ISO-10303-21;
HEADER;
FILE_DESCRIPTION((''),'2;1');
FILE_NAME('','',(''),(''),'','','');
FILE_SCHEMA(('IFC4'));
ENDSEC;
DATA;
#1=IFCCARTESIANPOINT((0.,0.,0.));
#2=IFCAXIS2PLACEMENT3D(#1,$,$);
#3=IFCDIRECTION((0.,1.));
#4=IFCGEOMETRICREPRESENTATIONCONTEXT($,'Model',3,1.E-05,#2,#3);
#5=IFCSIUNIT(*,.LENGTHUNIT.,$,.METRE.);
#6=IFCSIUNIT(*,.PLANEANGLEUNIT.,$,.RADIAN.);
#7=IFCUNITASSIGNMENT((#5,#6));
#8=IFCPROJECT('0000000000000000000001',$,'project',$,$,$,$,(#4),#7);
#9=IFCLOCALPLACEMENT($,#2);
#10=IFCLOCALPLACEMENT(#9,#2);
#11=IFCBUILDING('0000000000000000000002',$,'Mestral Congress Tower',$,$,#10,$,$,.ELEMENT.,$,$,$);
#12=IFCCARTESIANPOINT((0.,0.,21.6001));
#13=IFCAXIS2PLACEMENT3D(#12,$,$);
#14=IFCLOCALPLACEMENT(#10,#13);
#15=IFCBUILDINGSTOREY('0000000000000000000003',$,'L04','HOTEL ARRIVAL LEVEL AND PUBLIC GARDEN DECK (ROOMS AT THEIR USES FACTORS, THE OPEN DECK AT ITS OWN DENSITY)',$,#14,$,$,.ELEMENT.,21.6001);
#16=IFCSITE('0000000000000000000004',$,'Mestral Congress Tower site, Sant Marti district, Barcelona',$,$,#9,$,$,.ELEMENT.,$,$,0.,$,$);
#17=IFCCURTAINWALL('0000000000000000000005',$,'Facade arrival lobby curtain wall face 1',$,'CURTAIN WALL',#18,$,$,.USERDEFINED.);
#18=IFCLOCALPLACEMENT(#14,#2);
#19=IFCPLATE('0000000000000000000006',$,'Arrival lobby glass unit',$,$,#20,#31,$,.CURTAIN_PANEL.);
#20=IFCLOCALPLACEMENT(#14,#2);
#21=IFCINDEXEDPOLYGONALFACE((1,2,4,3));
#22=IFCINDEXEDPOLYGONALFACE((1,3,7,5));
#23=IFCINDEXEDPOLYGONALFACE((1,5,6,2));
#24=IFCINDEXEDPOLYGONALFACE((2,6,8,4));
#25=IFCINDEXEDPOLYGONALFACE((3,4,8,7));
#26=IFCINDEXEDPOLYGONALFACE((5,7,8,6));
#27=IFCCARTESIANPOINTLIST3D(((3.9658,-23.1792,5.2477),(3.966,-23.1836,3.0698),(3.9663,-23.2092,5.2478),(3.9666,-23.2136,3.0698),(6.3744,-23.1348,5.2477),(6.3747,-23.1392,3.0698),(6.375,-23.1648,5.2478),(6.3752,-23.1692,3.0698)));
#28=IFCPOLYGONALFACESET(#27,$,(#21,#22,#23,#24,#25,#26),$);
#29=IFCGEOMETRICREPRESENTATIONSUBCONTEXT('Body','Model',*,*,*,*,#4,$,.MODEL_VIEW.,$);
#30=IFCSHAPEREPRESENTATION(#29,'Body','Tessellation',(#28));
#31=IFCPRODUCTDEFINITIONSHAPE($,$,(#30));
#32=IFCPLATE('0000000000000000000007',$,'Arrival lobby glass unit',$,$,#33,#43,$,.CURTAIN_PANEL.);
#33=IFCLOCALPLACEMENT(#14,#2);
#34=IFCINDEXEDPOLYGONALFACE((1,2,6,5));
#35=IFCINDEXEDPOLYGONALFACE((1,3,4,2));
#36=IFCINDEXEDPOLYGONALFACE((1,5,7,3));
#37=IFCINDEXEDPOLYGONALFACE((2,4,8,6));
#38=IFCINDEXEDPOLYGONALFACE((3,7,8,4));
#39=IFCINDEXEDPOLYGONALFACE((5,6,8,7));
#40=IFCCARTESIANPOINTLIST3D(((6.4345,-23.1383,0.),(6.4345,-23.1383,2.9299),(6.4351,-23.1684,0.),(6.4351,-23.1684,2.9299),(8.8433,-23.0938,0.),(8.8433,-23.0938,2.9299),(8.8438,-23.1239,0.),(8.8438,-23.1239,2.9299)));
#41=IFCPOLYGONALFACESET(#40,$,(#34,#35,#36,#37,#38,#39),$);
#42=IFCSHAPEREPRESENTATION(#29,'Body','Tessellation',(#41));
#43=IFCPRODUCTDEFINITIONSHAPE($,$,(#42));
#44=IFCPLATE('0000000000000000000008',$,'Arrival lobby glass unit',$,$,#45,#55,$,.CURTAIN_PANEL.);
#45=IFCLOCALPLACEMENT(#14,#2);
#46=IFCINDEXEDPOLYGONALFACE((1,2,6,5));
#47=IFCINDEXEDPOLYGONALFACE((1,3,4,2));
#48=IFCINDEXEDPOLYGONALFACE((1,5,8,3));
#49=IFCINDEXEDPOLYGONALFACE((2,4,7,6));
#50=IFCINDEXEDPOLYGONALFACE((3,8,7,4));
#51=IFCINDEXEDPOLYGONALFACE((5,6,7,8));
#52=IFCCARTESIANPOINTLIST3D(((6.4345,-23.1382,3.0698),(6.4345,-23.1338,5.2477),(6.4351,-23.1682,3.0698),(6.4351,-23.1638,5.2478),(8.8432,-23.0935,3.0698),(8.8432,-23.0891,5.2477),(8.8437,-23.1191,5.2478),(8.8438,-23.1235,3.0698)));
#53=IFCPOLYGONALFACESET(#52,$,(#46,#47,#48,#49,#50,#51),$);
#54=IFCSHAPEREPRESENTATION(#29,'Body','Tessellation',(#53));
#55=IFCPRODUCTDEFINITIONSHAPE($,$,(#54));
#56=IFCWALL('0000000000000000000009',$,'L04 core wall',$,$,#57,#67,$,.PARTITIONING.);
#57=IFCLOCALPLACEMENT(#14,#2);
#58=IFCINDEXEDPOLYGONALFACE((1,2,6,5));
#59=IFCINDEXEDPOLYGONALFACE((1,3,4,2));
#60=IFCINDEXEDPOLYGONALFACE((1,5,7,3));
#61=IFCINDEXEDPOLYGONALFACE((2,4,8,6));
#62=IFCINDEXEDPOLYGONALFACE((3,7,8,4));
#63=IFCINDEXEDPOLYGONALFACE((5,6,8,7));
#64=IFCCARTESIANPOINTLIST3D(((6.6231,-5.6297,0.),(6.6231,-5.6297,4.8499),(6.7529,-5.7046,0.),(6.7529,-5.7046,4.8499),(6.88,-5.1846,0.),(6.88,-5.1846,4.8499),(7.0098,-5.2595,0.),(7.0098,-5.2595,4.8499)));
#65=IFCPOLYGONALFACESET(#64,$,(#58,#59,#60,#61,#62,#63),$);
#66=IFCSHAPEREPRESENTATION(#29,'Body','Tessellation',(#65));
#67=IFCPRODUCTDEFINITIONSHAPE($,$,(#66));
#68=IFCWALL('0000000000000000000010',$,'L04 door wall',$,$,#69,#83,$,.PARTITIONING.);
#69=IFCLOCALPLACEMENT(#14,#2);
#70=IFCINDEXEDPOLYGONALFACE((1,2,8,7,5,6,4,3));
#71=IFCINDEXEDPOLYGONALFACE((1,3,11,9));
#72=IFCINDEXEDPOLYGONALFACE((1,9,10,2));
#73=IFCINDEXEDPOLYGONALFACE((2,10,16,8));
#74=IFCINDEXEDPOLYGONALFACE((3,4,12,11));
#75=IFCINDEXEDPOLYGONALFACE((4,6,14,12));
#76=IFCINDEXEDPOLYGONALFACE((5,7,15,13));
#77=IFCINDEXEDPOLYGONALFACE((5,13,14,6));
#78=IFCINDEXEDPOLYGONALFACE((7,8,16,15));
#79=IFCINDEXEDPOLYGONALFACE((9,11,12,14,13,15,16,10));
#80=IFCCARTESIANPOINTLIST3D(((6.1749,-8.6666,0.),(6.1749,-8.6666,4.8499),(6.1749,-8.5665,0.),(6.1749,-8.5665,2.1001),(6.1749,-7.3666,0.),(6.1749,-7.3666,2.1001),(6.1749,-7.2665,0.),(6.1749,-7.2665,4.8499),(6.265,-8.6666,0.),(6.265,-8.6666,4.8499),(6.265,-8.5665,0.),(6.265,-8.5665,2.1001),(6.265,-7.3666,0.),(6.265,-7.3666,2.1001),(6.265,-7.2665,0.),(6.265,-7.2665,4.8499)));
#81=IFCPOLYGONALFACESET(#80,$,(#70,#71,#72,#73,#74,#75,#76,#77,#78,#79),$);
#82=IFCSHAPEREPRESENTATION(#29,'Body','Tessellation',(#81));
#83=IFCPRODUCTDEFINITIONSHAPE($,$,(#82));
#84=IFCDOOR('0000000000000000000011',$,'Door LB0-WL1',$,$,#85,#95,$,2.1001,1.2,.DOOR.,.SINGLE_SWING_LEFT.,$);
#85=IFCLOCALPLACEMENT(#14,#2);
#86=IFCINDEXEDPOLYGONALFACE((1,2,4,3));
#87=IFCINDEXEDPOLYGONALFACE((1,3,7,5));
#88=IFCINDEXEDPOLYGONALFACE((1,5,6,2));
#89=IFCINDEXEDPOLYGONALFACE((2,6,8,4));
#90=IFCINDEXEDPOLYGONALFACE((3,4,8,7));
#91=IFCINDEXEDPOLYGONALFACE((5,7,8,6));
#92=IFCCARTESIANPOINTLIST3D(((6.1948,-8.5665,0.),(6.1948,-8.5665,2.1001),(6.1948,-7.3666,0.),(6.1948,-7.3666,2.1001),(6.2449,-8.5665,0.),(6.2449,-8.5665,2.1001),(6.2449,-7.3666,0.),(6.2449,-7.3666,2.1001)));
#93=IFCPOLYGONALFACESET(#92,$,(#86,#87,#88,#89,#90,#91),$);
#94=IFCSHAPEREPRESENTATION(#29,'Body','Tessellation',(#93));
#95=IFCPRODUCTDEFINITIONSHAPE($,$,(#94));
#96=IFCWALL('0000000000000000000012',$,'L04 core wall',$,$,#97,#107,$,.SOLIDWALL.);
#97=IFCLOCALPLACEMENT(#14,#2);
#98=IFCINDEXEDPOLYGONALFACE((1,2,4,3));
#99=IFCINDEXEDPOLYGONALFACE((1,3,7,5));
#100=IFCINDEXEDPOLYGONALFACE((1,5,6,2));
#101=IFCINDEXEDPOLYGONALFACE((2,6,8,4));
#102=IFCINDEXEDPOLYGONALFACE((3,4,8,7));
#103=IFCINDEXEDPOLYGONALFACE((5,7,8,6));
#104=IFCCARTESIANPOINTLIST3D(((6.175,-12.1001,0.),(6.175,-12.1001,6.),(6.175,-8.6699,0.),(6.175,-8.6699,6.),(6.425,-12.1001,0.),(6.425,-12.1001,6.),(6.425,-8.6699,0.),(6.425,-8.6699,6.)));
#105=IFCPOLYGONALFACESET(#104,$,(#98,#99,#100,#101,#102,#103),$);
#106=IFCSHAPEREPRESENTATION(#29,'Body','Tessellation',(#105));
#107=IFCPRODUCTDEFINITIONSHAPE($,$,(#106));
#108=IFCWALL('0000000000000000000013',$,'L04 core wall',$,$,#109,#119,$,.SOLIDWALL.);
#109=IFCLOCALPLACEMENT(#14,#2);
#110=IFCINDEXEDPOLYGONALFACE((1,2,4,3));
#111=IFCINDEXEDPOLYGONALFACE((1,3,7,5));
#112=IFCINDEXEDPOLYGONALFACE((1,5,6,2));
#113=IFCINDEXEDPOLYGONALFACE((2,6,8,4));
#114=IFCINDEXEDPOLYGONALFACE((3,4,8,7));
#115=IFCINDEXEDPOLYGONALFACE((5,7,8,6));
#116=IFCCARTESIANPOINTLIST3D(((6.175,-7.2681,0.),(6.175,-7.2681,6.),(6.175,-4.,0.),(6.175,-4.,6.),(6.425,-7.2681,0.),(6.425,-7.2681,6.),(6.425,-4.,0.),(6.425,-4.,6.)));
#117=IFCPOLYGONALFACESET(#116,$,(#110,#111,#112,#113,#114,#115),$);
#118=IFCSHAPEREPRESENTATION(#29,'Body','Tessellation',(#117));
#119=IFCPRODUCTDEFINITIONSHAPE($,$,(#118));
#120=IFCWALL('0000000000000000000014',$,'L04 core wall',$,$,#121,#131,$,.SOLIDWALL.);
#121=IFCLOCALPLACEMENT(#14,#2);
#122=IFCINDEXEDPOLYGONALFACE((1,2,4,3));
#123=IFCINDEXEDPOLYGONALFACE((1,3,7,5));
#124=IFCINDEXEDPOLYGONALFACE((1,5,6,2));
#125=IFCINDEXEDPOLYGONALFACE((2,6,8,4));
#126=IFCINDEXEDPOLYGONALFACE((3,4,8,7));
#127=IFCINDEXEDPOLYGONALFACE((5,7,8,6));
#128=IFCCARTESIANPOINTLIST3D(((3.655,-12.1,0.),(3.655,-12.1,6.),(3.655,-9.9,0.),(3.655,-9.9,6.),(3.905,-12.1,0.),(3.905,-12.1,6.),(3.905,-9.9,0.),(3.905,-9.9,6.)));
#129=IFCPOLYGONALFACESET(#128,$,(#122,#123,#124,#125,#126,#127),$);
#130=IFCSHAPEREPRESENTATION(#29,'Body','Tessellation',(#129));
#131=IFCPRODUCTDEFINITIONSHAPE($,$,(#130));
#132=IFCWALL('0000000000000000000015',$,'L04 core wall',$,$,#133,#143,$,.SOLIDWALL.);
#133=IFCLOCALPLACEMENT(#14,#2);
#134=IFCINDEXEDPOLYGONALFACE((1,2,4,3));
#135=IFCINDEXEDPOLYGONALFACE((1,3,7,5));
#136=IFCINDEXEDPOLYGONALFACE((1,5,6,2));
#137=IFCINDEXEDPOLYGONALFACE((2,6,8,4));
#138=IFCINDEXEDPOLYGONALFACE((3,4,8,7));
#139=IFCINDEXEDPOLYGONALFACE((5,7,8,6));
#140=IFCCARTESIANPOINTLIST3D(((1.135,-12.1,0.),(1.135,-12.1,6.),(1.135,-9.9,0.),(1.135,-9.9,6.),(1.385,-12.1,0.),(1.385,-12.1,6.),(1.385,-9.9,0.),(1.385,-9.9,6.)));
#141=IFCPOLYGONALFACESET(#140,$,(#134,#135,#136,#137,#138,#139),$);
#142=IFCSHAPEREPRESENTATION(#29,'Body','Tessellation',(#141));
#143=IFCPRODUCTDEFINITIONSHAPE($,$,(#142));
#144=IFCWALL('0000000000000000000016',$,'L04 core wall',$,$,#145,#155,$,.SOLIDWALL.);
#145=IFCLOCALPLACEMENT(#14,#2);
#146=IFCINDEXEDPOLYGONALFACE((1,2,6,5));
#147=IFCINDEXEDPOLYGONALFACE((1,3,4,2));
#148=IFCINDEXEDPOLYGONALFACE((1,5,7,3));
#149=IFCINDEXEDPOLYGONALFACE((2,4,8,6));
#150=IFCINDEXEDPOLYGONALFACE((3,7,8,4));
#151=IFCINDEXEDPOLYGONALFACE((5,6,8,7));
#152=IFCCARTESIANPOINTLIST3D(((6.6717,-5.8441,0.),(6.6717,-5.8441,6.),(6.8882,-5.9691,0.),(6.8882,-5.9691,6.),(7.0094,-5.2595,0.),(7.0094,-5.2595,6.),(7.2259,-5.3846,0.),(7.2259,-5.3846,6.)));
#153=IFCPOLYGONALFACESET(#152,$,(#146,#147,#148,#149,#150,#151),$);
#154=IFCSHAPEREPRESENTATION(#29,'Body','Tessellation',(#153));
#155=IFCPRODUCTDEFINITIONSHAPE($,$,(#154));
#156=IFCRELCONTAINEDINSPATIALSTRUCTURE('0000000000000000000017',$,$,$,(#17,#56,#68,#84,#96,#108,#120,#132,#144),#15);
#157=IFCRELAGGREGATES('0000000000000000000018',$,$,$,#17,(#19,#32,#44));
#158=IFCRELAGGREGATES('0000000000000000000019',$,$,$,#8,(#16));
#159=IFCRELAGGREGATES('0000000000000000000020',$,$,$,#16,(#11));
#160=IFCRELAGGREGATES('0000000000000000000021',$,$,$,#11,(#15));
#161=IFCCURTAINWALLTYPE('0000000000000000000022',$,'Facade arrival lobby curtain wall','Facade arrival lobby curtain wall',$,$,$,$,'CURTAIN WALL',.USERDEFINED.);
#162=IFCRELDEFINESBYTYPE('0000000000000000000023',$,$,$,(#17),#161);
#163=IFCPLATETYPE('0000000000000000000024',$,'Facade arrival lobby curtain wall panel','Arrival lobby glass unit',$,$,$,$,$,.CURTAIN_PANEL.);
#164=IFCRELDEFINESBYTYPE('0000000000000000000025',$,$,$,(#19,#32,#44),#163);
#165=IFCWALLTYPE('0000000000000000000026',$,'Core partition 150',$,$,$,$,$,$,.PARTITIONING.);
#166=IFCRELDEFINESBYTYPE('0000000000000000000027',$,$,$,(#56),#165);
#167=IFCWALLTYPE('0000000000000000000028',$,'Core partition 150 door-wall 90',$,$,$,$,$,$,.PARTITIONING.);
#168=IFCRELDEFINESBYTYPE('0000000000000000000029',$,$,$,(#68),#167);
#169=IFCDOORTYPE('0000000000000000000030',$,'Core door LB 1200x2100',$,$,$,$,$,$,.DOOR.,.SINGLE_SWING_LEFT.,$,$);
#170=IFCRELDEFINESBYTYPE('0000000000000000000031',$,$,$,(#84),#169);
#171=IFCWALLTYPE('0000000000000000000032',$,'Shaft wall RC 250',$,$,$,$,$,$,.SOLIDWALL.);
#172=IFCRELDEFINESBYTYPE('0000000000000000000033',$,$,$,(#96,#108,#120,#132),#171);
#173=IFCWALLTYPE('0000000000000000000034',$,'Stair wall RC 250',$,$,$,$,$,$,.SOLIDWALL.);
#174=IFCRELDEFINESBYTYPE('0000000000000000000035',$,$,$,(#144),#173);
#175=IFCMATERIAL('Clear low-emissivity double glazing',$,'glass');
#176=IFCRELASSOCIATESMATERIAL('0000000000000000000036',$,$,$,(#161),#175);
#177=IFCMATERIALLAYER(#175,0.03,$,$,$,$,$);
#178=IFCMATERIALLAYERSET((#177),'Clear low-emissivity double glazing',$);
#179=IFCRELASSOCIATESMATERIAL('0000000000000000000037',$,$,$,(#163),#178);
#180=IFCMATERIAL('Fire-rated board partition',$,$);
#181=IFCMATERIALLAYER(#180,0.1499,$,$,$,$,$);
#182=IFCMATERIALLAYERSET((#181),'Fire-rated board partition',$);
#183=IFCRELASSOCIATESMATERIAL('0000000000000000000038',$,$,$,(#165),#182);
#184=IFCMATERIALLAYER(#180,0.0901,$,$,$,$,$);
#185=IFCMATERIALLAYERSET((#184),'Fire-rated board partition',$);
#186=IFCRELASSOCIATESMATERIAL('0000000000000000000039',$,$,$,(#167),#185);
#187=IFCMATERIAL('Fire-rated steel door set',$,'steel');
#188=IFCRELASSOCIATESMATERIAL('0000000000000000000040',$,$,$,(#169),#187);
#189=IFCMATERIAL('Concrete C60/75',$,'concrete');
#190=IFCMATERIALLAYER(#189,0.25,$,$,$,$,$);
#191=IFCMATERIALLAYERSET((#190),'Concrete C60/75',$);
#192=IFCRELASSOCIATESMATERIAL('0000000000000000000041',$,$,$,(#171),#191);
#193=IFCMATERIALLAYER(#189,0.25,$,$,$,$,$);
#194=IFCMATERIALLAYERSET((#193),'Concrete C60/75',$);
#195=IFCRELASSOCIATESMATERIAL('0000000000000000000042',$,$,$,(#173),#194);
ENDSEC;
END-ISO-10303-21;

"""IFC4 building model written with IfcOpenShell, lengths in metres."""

from ifc_helpers import new_model, si_unit, direction, frame, frame_2d, origin, origin_2d, place, context, subcontext, project, spatial, polyline, rectangle, outline, extrude, material, layer, layer_set, type_object, element, fill, aggregate, save


model = new_model("IFC4")

# Units and contexts
model_context = context("Model", 3, precision=1e-05, world=origin(), true_north=direction((0.0, 1.0)))
body_context = subcontext(model_context, "Body", "Model", "MODEL_VIEW")
ifc_project = project(units=[si_unit("LENGTHUNIT", "METRE"), si_unit("PLANEANGLEUNIT", "RADIAN")], contexts=[model_context])

# Site, building, storey
site_placement = place(None, origin())
site = spatial("IfcSite", under=ifc_project, at=site_placement, Name="Mestral Congress Tower site, Sant Marti district, Barcelona", CompositionType="ELEMENT", RefElevation=0.0)
building_placement = place(site_placement, origin())
building = spatial("IfcBuilding", under=site, at=building_placement, Name="Mestral Congress Tower", CompositionType="ELEMENT")
storey_placement = place(building_placement, frame((0.0, 0.0, 21.6001)))
storey = spatial("IfcBuildingStorey", under=building, at=storey_placement, Name="L04", Description="HOTEL ARRIVAL LEVEL AND PUBLIC GARDEN DECK (ROOMS AT THEIR USES FACTORS, THE OPEN DECK AT ITS OWN DENSITY)", CompositionType="ELEMENT", Elevation=21.6001)

# Curtain wall
ifc_material_1 = material(Name="Clear low-emissivity double glazing", Category="glass")
curtain_wall_type = type_object("IfcCurtainWallType", Name="Facade arrival lobby curtain wall", Description="Facade arrival lobby curtain wall", ElementType="CURTAIN WALL", PredefinedType="USERDEFINED", material=ifc_material_1)
placement = place(storey_placement, origin())
curtain_wall = element("IfcCurtainWall", 1, at=placement, inside=storey, type_object=curtain_wall_type, Name="Facade arrival lobby curtain wall face 1", ObjectType="CURTAIN WALL", PredefinedType="USERDEFINED")

# Plates
ifc_layer_1 = layer(ifc_material_1, 0.03)
ifc_layer_set_1 = layer_set([ifc_layer_1], Name="Clear low-emissivity double glazing")
plate_type = type_object("IfcPlateType", Name="Facade arrival lobby curtain wall panel", Description="Arrival lobby glass unit", PredefinedType="CURTAIN_PANEL", material=ifc_layer_set_1)
plate_1_placement = place(storey_placement, frame((6.3752, -23.1692, 3.0698), z_axis=(0.018444, -0.999828, 0.002019), x_axis=(-0.99983, -0.018444, 0.0)))
plate_1 = element("IfcPlate", 2, at=plate_1_placement, type_object=plate_type, Name="Arrival lobby glass unit", PredefinedType="CURTAIN_PANEL", context=body_context, shape_type="SweptSolid", body=[
    extrude(outline(polyline([(0.0, 0.0), (2.4091, 0.0), (2.4093, -2.178), (0.0002, -2.178), (0.0, 0.0)])), origin(), (0.0, 0.0, -1.0), 0.03),
])
plate_2_placement = place(storey_placement, frame((7.6392, -23.1311, 0.0), z_axis=(0.0, 0.0, 1.0), x_axis=(0.999829, 0.018477, 0.0)))
plate_2 = element("IfcPlate", 3, at=plate_2_placement, type_object=plate_type, Name="Arrival lobby glass unit", PredefinedType="CURTAIN_PANEL", context=body_context, shape_type="SweptSolid", body=[
    extrude(rectangle(XDim=2.4092, YDim=0.03, at=origin_2d()), origin(), (0.0, 0.0, 1.0), 2.9299),
])
plate_3_placement = place(storey_placement, frame((8.8438, -23.1235, 3.0698), z_axis=(0.018545, -0.999826, 0.002017), x_axis=(-0.999828, -0.018545, 0.0)))
plate_3 = element("IfcPlate", 4, at=plate_3_placement, type_object=plate_type, Name="Arrival lobby glass unit", PredefinedType="CURTAIN_PANEL", context=body_context, shape_type="SweptSolid", body=[
    extrude(outline(polyline([(0.0, 0.0), (2.4091, 0.0), (2.409, -2.178), (-0.0001, -2.178), (0.0, 0.0)])), origin(), (0.0, 0.0, -1.0), 0.03),
])
aggregate(curtain_wall, [plate_1, plate_2, plate_3])

# Wall
ifc_material_2 = material(Name="Fire-rated board partition")
ifc_layer_2 = layer(ifc_material_2, 0.1499)
ifc_layer_set_2 = layer_set([ifc_layer_2], Name="Fire-rated board partition")
wall_type_1 = type_object("IfcWallType", Name="Core partition 150", PredefinedType="PARTITIONING", material=ifc_layer_set_2)
wall_1_placement = place(storey_placement, frame((6.9448, -5.2222, 0.0), z_axis=(0.0, 0.0, 1.0), x_axis=(-0.499818, -0.86613, 0.0)))
element("IfcWall", 5, at=wall_1_placement, inside=storey, type_object=wall_type_1, Name="L04 core wall", PredefinedType="PARTITIONING", context=body_context, shape_type="SweptSolid", body=[
    extrude(rectangle(XDim=0.5139, YDim=0.1499, at=frame_2d((0.2568, 0.0))), origin(), (0.0, 0.0, 1.0), 4.8499),
])

# Wall, opening, door
ifc_layer_3 = layer(ifc_material_2, 0.0901)
ifc_layer_set_3 = layer_set([ifc_layer_3], Name="Fire-rated board partition")
wall_type_2 = type_object("IfcWallType", Name="Core partition 150 door-wall 90", PredefinedType="PARTITIONING", material=ifc_layer_set_3)
wall_2_placement = place(storey_placement, frame((6.22, -7.2664, 0.0), z_axis=(0.0, 0.0, 1.0), x_axis=(0.0, -1.0, 0.0)))
wall_2 = element("IfcWall", 6, at=wall_2_placement, inside=storey, type_object=wall_type_2, Name="L04 door wall", PredefinedType="PARTITIONING", context=body_context, shape_type="SweptSolid", body=[
    extrude(rectangle(XDim=1.4001, YDim=0.0901, at=frame_2d((0.7002, 0.0))), origin(), (0.0, 0.0, 1.0), 4.8499),
])
opening_1_placement = place(wall_2_placement, frame((0.1001, 0.0, 0.0)))
opening_1 = element("IfcOpeningElement", 7, at=opening_1_placement, cuts=wall_2, PredefinedType="OPENING", context=body_context, shape_type="SweptSolid", body=[
    extrude(rectangle(XDim=1.2, YDim=2.1001, at=frame_2d((0.6001, 1.05))), frame((0.0, 0.0549, 0.0), z_axis=(0.0, -1.0, 0.0), x_axis=(1.0, 0.0, 0.0)), (0.0, 0.0, 1.0), 0.1101),
])
ifc_material_3 = material(Name="Fire-rated steel door set", Category="steel")
door_type_1 = type_object("IfcDoorType", Name="Core door LB 1200x2100", OperationType="SINGLE_SWING_LEFT", PredefinedType="DOOR", material=ifc_material_3)
door_1_placement = place(opening_1_placement, origin())
door_1 = element("IfcDoor", 8, at=door_1_placement, inside=storey, type_object=door_type_1, Name="Door LB0-WL1", OperationType="SINGLE_SWING_LEFT", OverallHeight=2.1001, OverallWidth=1.2, PredefinedType="DOOR", context=body_context, shape_type="SweptSolid", body=[
    extrude(rectangle(XDim=1.2, YDim=2.1001, at=frame_2d((0.6001, 1.05))), frame((0.0, 0.0249, 0.0), z_axis=(0.0, -1.0, 0.0), x_axis=(1.0, 0.0, 0.0)), (0.0, 0.0, 1.0), 0.05),
])
fill(opening_1, door_1)

# Walls
ifc_material_4 = material(Name="Concrete C60/75", Category="concrete")
ifc_layer_4 = layer(ifc_material_4, 0.25)
ifc_layer_set_4 = layer_set([ifc_layer_4], Name="Concrete C60/75")
wall_type_3 = type_object("IfcWallType", Name="Shaft wall RC 250", PredefinedType="SOLIDWALL", material=ifc_layer_set_4)
wall_3_placement = place(storey_placement, frame((6.3, -8.6699, 0.0), z_axis=(0.0, 0.0, 1.0), x_axis=(0.0, -1.0, 0.0)))
element("IfcWall", 9, at=wall_3_placement, inside=storey, type_object=wall_type_3, Name="L04 core wall", PredefinedType="SOLIDWALL", context=body_context, shape_type="SweptSolid", body=[
    extrude(rectangle(XDim=3.4302, YDim=0.25, at=frame_2d((1.7151, 0.0))), origin(), (0.0, 0.0, 1.0), 6.0),
])
wall_4_placement = place(storey_placement, frame((6.3, -7.2681, 0.0), z_axis=(0.0, 0.0, 1.0), x_axis=(0.0, 1.0, 0.0)))
element("IfcWall", 10, at=wall_4_placement, inside=storey, type_object=wall_type_3, Name="L04 core wall", PredefinedType="SOLIDWALL", context=body_context, shape_type="SweptSolid", body=[
    extrude(rectangle(XDim=3.2681, YDim=0.25, at=frame_2d((1.634, 0.0))), origin(), (0.0, 0.0, 1.0), 6.0),
])
for number, where, z_axis, x_axis, name in (
    (11, (3.78, -12.1001, 0.0), (0.0, 0.0, 1.0), (0.0, 1.0, 0.0), "L04 core wall"),
    (12, (1.26, -12.1001, 0.0), (0.0, 0.0, 1.0), (0.0, 1.0, 0.0), "L04 core wall"),
):
    element("IfcWall", number, at=place(storey_placement, frame(where, z_axis=z_axis, x_axis=x_axis)), inside=storey, type_object=wall_type_3, Name=name, PredefinedType="SOLIDWALL", context=body_context, shape_type="SweptSolid", body=[
        extrude(rectangle(XDim=2.2, YDim=0.25, at=frame_2d((1.1001, 0.0))), origin(), (0.0, 0.0, 1.0), 6.0),
    ])
ifc_layer_5 = layer(ifc_material_4, 0.25)
ifc_layer_set_5 = layer_set([ifc_layer_5], Name="Concrete C60/75")
wall_type_4 = type_object("IfcWallType", Name="Stair wall RC 250", PredefinedType="SOLIDWALL", material=ifc_layer_set_5)
wall_5_placement = place(storey_placement, frame((6.78, -5.9065, 0.0), z_axis=(0.0, 0.0, 1.0), x_axis=(0.500223, 0.865896, 0.0)))
element("IfcWall", 13, at=wall_5_placement, inside=storey, type_object=wall_type_4, Name="L04 core wall", PredefinedType="SOLIDWALL", context=body_context, shape_type="SweptSolid", body=[
    extrude(rectangle(XDim=0.675, YDim=0.25, at=frame_2d((0.3374, 0.0))), origin(), (0.0, 0.0, 1.0), 6.0),
])

save(model, "model.ifc")
